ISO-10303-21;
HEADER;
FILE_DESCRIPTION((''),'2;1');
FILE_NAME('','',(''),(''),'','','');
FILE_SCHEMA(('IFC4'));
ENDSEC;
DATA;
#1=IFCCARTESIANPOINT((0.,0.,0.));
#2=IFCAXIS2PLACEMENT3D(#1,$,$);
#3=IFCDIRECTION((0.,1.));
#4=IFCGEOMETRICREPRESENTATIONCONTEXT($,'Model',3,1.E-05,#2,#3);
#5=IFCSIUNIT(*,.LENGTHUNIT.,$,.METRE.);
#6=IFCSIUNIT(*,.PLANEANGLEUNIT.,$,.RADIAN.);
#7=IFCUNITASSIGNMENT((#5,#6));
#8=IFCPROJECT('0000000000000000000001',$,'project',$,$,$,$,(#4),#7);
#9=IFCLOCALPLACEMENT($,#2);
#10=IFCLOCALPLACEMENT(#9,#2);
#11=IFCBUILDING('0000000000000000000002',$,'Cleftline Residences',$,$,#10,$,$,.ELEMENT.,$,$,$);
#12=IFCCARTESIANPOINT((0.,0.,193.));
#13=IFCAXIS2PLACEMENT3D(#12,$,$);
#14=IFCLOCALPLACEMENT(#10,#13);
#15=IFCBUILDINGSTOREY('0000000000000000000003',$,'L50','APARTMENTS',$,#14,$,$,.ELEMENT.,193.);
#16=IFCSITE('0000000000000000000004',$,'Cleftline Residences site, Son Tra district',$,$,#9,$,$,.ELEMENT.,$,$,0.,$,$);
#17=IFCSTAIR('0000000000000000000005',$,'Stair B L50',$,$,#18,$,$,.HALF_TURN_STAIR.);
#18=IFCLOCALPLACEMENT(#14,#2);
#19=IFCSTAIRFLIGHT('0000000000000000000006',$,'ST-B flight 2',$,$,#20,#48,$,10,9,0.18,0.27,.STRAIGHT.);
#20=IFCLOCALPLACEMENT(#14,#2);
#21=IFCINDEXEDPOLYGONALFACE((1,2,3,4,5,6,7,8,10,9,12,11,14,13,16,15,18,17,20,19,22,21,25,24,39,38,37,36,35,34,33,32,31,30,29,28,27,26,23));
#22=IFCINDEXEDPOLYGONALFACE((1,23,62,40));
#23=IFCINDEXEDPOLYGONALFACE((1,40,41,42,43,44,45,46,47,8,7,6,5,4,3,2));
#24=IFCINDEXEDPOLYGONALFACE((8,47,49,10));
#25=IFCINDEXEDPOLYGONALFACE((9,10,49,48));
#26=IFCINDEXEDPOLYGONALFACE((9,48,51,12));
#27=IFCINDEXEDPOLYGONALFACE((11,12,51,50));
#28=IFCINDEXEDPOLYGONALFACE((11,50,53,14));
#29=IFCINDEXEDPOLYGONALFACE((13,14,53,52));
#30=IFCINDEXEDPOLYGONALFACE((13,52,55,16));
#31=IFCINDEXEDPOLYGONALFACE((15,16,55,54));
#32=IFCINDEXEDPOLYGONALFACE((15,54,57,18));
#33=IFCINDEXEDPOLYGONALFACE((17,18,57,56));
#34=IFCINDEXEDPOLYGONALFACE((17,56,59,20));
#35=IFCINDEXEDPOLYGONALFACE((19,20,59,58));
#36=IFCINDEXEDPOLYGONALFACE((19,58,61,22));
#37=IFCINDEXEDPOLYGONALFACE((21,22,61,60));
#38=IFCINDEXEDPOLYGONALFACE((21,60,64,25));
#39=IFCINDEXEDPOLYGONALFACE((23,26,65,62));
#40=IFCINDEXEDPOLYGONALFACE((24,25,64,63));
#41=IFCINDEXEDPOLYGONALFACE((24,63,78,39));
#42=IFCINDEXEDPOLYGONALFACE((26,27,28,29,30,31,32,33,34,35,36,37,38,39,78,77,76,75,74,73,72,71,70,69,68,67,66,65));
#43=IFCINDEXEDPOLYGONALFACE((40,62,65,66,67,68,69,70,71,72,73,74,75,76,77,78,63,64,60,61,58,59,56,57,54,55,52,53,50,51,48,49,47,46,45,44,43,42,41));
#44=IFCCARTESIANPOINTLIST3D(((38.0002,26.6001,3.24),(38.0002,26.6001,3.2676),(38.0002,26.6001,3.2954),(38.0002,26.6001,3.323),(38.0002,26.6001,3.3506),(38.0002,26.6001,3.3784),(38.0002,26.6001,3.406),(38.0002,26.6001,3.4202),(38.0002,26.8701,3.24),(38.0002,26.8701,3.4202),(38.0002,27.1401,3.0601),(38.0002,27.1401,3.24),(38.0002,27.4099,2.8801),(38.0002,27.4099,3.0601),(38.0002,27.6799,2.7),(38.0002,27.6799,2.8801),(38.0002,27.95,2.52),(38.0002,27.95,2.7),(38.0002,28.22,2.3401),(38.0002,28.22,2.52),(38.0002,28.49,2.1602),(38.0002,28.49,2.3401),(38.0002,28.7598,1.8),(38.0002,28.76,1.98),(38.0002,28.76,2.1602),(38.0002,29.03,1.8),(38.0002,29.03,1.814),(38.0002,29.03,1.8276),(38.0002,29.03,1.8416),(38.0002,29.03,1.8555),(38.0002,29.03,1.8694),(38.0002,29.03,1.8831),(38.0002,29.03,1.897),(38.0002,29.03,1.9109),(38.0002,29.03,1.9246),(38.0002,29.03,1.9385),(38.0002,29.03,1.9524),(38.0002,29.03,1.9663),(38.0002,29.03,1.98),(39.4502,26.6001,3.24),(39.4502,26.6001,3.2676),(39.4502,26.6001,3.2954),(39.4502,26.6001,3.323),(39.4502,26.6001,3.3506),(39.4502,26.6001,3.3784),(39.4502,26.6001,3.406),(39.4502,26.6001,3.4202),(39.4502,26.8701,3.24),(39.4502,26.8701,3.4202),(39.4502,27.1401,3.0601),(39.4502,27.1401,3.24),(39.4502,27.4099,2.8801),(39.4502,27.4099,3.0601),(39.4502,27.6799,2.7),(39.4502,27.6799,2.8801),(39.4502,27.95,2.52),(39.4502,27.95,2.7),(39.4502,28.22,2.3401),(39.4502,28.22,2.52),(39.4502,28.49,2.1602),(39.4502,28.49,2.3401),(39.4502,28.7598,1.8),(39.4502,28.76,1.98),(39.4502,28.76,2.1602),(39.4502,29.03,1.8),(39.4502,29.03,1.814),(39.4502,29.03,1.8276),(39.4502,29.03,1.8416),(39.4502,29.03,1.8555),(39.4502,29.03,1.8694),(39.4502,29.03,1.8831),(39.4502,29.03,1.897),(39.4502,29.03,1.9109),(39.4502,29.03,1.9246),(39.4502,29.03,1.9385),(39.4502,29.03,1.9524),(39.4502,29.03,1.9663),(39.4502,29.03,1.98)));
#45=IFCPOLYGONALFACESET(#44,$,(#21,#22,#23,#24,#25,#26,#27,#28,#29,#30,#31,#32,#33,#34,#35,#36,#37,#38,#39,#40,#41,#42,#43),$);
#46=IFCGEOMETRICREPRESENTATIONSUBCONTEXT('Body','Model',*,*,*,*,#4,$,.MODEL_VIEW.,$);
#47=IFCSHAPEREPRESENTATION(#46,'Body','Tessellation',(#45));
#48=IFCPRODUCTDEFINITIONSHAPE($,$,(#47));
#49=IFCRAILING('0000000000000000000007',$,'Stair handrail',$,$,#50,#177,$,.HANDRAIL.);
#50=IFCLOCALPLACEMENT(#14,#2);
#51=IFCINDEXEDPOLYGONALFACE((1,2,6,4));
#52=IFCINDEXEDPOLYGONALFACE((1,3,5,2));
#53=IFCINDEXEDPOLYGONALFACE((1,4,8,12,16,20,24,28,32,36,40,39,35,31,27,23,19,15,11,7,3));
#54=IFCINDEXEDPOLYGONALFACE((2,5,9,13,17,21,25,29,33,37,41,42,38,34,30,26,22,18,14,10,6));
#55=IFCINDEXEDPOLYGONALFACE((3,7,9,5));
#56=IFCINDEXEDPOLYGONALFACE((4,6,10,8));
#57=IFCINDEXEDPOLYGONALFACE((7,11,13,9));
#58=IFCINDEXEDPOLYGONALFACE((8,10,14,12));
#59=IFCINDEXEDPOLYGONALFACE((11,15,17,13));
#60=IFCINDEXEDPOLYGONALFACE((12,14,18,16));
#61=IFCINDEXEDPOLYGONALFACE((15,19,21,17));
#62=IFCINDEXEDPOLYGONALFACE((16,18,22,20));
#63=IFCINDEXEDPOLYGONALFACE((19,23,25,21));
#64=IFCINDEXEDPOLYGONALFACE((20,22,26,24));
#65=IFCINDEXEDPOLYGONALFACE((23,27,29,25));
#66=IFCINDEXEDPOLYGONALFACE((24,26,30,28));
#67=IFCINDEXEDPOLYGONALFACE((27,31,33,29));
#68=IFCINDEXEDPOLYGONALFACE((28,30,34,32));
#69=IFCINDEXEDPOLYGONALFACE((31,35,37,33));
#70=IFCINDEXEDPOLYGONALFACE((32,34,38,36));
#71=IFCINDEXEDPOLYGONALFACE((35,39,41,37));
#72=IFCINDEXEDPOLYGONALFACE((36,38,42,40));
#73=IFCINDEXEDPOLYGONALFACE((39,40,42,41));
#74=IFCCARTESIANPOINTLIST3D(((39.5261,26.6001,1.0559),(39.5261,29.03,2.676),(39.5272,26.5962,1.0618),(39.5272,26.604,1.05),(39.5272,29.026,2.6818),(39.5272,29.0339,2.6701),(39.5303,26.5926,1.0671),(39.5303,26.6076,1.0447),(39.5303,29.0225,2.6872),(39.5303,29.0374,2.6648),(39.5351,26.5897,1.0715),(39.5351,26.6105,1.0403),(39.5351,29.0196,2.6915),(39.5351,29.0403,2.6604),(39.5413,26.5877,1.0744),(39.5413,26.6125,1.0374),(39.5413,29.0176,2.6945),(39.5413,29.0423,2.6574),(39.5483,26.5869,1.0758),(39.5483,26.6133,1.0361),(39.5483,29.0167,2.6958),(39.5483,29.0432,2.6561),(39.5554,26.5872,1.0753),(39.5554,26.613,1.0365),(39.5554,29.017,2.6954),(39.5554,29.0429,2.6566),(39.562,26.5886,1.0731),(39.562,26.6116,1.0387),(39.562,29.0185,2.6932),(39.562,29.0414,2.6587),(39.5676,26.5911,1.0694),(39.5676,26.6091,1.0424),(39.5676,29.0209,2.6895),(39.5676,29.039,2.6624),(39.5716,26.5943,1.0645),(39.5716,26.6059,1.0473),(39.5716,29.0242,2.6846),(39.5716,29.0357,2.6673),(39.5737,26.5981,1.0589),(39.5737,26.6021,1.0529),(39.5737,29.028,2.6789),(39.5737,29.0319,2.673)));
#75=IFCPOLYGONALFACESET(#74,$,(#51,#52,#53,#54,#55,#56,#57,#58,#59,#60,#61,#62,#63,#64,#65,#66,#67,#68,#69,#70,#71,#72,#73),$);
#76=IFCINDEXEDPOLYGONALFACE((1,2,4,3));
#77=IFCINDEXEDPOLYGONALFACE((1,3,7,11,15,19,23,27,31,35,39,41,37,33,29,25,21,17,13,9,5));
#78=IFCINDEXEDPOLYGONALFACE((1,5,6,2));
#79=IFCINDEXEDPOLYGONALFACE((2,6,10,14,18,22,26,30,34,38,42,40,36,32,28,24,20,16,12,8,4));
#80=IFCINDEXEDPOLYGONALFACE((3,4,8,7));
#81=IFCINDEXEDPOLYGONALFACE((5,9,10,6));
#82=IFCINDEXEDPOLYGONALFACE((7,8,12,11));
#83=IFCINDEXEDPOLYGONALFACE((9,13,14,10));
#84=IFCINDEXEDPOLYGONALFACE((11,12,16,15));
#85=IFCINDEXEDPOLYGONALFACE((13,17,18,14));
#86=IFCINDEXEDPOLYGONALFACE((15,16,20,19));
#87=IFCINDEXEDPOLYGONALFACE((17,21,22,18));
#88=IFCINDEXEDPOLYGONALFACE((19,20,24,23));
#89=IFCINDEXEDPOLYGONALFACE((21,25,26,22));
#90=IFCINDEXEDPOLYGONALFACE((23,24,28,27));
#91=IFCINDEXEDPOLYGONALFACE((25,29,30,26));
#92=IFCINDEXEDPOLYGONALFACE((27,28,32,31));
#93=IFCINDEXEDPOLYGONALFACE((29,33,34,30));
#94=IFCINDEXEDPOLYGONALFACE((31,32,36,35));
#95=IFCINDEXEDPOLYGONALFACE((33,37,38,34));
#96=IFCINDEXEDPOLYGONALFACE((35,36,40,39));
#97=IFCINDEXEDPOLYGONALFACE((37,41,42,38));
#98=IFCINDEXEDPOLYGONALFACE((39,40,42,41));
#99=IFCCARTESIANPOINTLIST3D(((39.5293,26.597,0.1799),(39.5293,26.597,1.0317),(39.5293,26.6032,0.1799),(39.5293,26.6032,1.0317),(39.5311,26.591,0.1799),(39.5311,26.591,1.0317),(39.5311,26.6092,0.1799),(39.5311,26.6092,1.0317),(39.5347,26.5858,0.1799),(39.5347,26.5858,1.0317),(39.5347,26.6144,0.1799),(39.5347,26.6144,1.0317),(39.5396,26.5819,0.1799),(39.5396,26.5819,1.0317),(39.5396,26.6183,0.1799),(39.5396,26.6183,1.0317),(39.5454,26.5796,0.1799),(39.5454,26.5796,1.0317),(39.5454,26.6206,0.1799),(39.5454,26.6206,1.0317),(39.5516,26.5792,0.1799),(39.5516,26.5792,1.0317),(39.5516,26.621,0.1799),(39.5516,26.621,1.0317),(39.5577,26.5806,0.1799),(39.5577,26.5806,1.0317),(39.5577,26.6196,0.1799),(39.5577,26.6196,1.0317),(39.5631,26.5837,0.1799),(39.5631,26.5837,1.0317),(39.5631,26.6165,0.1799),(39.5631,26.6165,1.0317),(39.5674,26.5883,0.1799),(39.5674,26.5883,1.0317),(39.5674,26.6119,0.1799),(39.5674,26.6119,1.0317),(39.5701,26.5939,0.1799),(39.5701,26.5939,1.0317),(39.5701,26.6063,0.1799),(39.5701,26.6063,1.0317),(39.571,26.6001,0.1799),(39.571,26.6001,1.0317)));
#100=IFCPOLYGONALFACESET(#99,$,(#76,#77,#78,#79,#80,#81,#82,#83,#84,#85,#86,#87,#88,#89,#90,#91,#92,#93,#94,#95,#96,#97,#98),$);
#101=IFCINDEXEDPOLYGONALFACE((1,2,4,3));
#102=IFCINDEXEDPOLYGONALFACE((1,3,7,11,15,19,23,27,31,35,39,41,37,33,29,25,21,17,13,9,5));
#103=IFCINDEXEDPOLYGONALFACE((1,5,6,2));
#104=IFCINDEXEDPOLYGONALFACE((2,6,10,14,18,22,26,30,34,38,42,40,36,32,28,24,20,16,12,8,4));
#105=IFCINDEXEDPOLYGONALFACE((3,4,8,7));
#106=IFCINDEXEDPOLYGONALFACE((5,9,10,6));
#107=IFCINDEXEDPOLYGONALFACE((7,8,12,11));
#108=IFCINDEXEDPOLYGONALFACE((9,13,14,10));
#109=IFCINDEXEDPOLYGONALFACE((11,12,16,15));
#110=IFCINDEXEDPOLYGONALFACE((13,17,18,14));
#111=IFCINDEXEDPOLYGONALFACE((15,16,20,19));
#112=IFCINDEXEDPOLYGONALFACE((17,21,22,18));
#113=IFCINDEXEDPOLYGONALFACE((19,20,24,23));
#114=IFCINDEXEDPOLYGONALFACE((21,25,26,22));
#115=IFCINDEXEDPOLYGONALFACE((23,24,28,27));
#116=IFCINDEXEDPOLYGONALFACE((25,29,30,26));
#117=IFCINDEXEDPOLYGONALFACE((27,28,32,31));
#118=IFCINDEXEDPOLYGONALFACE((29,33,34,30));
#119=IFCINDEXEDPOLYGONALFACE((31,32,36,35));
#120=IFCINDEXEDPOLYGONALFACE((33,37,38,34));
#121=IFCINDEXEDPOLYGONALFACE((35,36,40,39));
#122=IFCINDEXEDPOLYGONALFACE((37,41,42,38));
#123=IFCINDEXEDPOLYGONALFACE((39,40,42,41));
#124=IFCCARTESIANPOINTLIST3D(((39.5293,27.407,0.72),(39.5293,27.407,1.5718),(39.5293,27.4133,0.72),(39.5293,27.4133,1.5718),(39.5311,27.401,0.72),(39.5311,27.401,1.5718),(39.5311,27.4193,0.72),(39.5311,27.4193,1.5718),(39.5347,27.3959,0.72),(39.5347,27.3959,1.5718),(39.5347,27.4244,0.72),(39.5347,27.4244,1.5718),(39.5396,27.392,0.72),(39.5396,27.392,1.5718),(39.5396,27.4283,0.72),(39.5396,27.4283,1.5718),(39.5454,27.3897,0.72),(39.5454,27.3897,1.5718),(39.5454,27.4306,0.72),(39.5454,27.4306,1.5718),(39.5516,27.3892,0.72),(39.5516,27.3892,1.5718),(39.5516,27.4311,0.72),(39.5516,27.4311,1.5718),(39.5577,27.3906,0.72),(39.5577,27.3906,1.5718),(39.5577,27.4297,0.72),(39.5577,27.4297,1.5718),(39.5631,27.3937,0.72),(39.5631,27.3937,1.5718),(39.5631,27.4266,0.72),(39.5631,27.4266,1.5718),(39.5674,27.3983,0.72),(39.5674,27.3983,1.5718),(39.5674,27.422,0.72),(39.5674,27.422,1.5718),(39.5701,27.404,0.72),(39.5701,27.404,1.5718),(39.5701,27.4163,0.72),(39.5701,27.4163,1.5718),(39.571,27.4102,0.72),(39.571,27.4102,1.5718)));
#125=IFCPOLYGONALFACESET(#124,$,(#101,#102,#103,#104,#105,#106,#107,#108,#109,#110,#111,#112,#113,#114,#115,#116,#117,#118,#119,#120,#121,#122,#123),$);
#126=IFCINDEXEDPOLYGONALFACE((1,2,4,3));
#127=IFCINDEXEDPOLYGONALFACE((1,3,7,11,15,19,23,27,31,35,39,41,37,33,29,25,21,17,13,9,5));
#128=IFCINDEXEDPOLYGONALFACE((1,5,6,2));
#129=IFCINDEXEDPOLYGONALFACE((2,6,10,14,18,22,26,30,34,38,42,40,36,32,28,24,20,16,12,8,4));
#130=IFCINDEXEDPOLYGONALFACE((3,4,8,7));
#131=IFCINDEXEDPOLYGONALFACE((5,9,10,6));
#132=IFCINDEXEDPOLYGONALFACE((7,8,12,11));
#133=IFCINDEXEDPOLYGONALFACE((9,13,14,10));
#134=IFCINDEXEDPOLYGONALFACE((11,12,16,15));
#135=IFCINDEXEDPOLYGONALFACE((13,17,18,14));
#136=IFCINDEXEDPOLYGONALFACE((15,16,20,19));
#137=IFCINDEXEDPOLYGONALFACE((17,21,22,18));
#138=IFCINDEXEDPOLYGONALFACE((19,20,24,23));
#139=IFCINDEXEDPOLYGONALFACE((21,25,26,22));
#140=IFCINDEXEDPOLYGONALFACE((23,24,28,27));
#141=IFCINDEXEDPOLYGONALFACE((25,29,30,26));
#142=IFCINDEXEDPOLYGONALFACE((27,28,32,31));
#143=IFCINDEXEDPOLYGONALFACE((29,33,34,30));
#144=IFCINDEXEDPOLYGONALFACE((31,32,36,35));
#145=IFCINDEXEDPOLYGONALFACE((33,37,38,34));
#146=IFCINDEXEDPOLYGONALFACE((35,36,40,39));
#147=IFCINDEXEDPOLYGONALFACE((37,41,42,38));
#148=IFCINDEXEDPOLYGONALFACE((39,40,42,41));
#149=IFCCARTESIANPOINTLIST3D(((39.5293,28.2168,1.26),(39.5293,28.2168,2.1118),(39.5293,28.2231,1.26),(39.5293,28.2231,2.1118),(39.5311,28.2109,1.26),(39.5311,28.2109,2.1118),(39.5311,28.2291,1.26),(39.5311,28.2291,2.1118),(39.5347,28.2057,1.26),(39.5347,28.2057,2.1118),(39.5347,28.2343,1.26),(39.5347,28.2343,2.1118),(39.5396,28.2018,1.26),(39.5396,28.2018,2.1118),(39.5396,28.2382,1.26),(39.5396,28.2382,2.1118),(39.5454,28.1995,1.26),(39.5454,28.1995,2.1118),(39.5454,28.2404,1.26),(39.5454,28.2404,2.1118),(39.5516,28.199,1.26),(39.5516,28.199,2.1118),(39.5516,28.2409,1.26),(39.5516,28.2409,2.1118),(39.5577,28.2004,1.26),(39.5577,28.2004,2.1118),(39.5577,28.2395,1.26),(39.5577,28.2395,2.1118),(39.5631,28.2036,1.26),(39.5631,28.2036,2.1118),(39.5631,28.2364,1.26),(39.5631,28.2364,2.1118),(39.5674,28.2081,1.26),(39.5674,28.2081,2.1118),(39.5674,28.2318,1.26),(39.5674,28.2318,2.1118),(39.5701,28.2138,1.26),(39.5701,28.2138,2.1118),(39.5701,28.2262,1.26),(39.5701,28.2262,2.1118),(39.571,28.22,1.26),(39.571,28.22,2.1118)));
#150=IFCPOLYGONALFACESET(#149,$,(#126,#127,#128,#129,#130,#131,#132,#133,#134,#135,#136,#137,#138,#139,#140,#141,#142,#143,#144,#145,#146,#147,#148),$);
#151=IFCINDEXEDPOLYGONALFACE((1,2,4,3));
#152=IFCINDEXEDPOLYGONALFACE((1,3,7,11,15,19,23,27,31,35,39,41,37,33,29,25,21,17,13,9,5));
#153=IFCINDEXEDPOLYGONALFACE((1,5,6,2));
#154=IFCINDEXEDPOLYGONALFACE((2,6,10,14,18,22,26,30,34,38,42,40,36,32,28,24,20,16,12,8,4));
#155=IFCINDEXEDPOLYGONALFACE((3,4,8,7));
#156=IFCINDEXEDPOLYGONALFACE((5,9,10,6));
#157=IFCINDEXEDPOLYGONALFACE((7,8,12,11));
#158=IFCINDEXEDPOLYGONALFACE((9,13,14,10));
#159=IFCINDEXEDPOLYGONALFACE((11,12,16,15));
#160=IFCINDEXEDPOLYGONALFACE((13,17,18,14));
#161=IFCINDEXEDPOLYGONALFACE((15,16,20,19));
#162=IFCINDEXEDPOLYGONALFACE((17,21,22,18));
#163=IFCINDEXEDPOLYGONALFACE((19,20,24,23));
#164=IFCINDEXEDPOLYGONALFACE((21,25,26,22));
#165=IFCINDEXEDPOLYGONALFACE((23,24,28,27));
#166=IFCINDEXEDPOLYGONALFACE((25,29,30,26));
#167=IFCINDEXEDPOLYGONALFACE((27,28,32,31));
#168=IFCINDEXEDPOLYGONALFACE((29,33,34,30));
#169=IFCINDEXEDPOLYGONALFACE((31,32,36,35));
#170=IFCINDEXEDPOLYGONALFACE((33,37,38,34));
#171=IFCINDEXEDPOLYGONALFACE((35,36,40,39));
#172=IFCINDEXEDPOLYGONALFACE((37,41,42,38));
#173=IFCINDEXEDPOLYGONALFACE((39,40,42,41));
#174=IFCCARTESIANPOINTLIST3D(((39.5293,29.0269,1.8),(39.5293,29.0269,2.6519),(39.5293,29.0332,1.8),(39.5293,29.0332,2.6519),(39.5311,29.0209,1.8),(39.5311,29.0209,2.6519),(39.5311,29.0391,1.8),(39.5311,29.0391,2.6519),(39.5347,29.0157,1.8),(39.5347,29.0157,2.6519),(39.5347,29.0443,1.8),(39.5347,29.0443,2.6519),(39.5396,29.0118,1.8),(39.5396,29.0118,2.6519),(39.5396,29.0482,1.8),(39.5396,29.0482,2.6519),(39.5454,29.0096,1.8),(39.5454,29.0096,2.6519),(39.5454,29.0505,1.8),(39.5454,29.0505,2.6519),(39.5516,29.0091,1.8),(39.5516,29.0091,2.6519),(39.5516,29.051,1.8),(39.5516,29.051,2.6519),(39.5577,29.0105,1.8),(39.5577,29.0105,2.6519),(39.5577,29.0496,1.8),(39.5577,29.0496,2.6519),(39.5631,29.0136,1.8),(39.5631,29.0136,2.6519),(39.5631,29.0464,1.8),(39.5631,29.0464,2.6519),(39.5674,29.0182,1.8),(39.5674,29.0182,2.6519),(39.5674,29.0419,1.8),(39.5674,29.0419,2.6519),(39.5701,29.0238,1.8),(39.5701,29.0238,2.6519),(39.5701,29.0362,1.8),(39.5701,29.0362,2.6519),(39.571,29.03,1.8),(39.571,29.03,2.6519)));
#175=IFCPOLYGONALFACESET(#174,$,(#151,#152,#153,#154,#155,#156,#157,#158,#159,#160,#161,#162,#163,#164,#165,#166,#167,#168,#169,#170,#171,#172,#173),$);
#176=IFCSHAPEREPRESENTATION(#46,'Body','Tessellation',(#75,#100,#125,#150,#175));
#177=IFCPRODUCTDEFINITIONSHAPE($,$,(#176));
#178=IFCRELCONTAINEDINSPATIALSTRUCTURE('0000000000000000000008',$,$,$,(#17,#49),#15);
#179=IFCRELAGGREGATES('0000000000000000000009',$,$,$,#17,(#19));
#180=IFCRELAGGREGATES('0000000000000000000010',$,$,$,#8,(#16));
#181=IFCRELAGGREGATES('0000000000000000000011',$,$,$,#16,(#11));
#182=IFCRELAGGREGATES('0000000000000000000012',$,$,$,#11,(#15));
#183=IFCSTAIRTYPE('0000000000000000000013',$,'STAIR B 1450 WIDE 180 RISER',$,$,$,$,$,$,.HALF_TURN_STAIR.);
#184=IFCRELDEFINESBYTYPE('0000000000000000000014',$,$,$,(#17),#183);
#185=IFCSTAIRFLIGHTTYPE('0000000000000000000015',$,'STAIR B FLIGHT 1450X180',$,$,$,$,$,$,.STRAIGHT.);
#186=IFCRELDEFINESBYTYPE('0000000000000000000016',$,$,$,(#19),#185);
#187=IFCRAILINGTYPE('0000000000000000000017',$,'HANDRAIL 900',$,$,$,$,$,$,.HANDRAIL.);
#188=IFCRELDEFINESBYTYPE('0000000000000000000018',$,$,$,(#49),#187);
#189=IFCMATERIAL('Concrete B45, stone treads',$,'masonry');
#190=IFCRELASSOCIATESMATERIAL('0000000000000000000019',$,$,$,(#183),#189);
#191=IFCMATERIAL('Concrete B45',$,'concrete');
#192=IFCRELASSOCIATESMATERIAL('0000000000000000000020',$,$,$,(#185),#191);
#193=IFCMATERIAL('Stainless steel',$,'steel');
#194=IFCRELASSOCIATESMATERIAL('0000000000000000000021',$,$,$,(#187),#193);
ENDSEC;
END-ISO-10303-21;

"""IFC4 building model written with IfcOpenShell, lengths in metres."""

from ifc_helpers import new_model, si_unit, direction, frame, origin, origin_2d, place, context, subcontext, project, spatial, polyline, circle, outline, extrude, material, type_object, element, aggregate, save


model = new_model("IFC4")

# Units and contexts
model_context = context("Model", 3, precision=1e-05, world=origin(), true_north=direction((0.0, 1.0)))
body_context = subcontext(model_context, "Body", "Model", "MODEL_VIEW")
ifc_project = project(units=[si_unit("LENGTHUNIT", "METRE"), si_unit("PLANEANGLEUNIT", "RADIAN")], contexts=[model_context])

# Site, building, storey
site_placement = place(None, origin())
site = spatial("IfcSite", under=ifc_project, at=site_placement, Name="Cleftline Residences site, Son Tra district", CompositionType="ELEMENT", RefElevation=0.0)
building_placement = place(site_placement, origin())
building = spatial("IfcBuilding", under=site, at=building_placement, Name="Cleftline Residences", CompositionType="ELEMENT")
storey_placement = place(building_placement, frame((0.0, 0.0, 193.0)))
storey = spatial("IfcBuildingStorey", under=building, at=storey_placement, Name="L50", Description="APARTMENTS", CompositionType="ELEMENT", Elevation=193.0)

# Stair, stair flight
ifc_material_1 = material(Name="Concrete B45, stone treads", Category="masonry")
stair_type = type_object("IfcStairType", Name="STAIR B 1450 WIDE 180 RISER", PredefinedType="HALF_TURN_STAIR", material=ifc_material_1)
stair_placement = place(storey_placement, origin())
stair = element("IfcStair", 1, at=stair_placement, inside=storey, type_object=stair_type, Name="Stair B L50", PredefinedType="HALF_TURN_STAIR")
ifc_material_2 = material(Name="Concrete B45", Category="concrete")
stair_flight_type = type_object("IfcStairFlightType", Name="STAIR B FLIGHT 1450X180", PredefinedType="STRAIGHT", material=ifc_material_2)
stair_flight_1_placement = place(storey_placement, frame((38.7251, 29.03, 1.8), z_axis=(0.0, 0.0, 1.0), x_axis=(0.0, -1.0, 0.0)))
stair_flight_1 = element("IfcStairFlight", 2, at=stair_flight_1_placement, type_object=stair_flight_type, Name="ST-B flight 2", NumberOfRisers=10, NumberOfTreads=9, PredefinedType="STRAIGHT", RiserHeight=0.18, TreadLength=0.27, context=body_context, shape_type="SweptSolid", body=[
    extrude(outline(polyline([(0.0, 0.0), (0.0, 0.0139), (0.0, 0.0276), (0.0, 0.0415), (0.0, 0.0554), (0.0, 0.0693), (0.0, 0.083), (0.0, 0.0969), (0.0, 0.1108), (0.0, 0.1245), (0.0, 0.1384), (0.0, 0.1523), (0.0, 0.1663), (0.0, 0.1799), (0.27, 0.1799), (0.27, 0.3601), (0.54, 0.3601), (0.54, 0.54), (0.8101, 0.54), (0.8101, 0.72), (1.0801, 0.72), (1.0801, 0.8999), (1.3501, 0.8999), (1.3501, 1.0801), (1.6201, 1.0801), (1.6201, 1.26), (1.8899, 1.26), (1.8899, 1.4399), (2.1599, 1.4399), (2.1599, 1.6201), (2.4299, 1.6201), (2.4299, 1.8), (2.4299, 1.7722), (2.4299, 1.7446), (2.4299, 1.7168), (2.4299, 1.6892), (2.4299, 1.6614), (2.4299, 1.6338), (2.4299, 1.606), (2.4299, 1.5784), (2.4299, 1.5505), (2.4299, 1.5229), (2.4299, 1.4954), (2.4299, 1.4675), (2.4299, 1.4399), (0.2703, 0.0), (0.0, 0.0)])), frame((0.0, 0.7251, 0.0), z_axis=(0.0, -1.0, 0.0), x_axis=(1.0, 0.0, 0.0)), (0.0, 0.0, 1.0), 1.45),
])
aggregate(stair, [stair_flight_1])

# Railing
ifc_material_3 = material(Name="Stainless steel", Category="steel")
railing_type = type_object("IfcRailingType", Name="HANDRAIL 900", PredefinedType="HANDRAIL", material=ifc_material_3)
railing_1_placement = place(storey_placement, frame((39.55, 26.6001, 0.1799)))
element("IfcRailing", 3, at=railing_1_placement, inside=storey, type_object=railing_type, Name="Stair handrail", PredefinedType="HANDRAIL", context=body_context, shape_type="SweptSolid", body=[
    extrude(circle(Radius=0.0239, at=origin_2d()), frame((0.0, 0.0, 0.876), z_axis=(0.0, 0.832025, 0.554739), x_axis=(-1.0, 0.0, 0.0)), (0.0, 0.0, 1.0), 2.9204),
    extrude(circle(Radius=0.021, at=origin_2d()), origin(), (0.0, 0.0, 1.0), 0.8518),
    extrude(circle(Radius=0.021, at=origin_2d()), frame((0.0, 0.8101, 0.54)), (0.0, 0.0, 1.0), 0.8518),
    extrude(circle(Radius=0.021, at=origin_2d()), frame((0.0, 1.6199, 1.0801)), (0.0, 0.0, 1.0), 0.8518),
    extrude(circle(Radius=0.021, at=origin_2d()), frame((0.0, 2.4299, 1.6201)), (0.0, 0.0, 1.0), 0.8518),
])

save(model, "model.ifc")
